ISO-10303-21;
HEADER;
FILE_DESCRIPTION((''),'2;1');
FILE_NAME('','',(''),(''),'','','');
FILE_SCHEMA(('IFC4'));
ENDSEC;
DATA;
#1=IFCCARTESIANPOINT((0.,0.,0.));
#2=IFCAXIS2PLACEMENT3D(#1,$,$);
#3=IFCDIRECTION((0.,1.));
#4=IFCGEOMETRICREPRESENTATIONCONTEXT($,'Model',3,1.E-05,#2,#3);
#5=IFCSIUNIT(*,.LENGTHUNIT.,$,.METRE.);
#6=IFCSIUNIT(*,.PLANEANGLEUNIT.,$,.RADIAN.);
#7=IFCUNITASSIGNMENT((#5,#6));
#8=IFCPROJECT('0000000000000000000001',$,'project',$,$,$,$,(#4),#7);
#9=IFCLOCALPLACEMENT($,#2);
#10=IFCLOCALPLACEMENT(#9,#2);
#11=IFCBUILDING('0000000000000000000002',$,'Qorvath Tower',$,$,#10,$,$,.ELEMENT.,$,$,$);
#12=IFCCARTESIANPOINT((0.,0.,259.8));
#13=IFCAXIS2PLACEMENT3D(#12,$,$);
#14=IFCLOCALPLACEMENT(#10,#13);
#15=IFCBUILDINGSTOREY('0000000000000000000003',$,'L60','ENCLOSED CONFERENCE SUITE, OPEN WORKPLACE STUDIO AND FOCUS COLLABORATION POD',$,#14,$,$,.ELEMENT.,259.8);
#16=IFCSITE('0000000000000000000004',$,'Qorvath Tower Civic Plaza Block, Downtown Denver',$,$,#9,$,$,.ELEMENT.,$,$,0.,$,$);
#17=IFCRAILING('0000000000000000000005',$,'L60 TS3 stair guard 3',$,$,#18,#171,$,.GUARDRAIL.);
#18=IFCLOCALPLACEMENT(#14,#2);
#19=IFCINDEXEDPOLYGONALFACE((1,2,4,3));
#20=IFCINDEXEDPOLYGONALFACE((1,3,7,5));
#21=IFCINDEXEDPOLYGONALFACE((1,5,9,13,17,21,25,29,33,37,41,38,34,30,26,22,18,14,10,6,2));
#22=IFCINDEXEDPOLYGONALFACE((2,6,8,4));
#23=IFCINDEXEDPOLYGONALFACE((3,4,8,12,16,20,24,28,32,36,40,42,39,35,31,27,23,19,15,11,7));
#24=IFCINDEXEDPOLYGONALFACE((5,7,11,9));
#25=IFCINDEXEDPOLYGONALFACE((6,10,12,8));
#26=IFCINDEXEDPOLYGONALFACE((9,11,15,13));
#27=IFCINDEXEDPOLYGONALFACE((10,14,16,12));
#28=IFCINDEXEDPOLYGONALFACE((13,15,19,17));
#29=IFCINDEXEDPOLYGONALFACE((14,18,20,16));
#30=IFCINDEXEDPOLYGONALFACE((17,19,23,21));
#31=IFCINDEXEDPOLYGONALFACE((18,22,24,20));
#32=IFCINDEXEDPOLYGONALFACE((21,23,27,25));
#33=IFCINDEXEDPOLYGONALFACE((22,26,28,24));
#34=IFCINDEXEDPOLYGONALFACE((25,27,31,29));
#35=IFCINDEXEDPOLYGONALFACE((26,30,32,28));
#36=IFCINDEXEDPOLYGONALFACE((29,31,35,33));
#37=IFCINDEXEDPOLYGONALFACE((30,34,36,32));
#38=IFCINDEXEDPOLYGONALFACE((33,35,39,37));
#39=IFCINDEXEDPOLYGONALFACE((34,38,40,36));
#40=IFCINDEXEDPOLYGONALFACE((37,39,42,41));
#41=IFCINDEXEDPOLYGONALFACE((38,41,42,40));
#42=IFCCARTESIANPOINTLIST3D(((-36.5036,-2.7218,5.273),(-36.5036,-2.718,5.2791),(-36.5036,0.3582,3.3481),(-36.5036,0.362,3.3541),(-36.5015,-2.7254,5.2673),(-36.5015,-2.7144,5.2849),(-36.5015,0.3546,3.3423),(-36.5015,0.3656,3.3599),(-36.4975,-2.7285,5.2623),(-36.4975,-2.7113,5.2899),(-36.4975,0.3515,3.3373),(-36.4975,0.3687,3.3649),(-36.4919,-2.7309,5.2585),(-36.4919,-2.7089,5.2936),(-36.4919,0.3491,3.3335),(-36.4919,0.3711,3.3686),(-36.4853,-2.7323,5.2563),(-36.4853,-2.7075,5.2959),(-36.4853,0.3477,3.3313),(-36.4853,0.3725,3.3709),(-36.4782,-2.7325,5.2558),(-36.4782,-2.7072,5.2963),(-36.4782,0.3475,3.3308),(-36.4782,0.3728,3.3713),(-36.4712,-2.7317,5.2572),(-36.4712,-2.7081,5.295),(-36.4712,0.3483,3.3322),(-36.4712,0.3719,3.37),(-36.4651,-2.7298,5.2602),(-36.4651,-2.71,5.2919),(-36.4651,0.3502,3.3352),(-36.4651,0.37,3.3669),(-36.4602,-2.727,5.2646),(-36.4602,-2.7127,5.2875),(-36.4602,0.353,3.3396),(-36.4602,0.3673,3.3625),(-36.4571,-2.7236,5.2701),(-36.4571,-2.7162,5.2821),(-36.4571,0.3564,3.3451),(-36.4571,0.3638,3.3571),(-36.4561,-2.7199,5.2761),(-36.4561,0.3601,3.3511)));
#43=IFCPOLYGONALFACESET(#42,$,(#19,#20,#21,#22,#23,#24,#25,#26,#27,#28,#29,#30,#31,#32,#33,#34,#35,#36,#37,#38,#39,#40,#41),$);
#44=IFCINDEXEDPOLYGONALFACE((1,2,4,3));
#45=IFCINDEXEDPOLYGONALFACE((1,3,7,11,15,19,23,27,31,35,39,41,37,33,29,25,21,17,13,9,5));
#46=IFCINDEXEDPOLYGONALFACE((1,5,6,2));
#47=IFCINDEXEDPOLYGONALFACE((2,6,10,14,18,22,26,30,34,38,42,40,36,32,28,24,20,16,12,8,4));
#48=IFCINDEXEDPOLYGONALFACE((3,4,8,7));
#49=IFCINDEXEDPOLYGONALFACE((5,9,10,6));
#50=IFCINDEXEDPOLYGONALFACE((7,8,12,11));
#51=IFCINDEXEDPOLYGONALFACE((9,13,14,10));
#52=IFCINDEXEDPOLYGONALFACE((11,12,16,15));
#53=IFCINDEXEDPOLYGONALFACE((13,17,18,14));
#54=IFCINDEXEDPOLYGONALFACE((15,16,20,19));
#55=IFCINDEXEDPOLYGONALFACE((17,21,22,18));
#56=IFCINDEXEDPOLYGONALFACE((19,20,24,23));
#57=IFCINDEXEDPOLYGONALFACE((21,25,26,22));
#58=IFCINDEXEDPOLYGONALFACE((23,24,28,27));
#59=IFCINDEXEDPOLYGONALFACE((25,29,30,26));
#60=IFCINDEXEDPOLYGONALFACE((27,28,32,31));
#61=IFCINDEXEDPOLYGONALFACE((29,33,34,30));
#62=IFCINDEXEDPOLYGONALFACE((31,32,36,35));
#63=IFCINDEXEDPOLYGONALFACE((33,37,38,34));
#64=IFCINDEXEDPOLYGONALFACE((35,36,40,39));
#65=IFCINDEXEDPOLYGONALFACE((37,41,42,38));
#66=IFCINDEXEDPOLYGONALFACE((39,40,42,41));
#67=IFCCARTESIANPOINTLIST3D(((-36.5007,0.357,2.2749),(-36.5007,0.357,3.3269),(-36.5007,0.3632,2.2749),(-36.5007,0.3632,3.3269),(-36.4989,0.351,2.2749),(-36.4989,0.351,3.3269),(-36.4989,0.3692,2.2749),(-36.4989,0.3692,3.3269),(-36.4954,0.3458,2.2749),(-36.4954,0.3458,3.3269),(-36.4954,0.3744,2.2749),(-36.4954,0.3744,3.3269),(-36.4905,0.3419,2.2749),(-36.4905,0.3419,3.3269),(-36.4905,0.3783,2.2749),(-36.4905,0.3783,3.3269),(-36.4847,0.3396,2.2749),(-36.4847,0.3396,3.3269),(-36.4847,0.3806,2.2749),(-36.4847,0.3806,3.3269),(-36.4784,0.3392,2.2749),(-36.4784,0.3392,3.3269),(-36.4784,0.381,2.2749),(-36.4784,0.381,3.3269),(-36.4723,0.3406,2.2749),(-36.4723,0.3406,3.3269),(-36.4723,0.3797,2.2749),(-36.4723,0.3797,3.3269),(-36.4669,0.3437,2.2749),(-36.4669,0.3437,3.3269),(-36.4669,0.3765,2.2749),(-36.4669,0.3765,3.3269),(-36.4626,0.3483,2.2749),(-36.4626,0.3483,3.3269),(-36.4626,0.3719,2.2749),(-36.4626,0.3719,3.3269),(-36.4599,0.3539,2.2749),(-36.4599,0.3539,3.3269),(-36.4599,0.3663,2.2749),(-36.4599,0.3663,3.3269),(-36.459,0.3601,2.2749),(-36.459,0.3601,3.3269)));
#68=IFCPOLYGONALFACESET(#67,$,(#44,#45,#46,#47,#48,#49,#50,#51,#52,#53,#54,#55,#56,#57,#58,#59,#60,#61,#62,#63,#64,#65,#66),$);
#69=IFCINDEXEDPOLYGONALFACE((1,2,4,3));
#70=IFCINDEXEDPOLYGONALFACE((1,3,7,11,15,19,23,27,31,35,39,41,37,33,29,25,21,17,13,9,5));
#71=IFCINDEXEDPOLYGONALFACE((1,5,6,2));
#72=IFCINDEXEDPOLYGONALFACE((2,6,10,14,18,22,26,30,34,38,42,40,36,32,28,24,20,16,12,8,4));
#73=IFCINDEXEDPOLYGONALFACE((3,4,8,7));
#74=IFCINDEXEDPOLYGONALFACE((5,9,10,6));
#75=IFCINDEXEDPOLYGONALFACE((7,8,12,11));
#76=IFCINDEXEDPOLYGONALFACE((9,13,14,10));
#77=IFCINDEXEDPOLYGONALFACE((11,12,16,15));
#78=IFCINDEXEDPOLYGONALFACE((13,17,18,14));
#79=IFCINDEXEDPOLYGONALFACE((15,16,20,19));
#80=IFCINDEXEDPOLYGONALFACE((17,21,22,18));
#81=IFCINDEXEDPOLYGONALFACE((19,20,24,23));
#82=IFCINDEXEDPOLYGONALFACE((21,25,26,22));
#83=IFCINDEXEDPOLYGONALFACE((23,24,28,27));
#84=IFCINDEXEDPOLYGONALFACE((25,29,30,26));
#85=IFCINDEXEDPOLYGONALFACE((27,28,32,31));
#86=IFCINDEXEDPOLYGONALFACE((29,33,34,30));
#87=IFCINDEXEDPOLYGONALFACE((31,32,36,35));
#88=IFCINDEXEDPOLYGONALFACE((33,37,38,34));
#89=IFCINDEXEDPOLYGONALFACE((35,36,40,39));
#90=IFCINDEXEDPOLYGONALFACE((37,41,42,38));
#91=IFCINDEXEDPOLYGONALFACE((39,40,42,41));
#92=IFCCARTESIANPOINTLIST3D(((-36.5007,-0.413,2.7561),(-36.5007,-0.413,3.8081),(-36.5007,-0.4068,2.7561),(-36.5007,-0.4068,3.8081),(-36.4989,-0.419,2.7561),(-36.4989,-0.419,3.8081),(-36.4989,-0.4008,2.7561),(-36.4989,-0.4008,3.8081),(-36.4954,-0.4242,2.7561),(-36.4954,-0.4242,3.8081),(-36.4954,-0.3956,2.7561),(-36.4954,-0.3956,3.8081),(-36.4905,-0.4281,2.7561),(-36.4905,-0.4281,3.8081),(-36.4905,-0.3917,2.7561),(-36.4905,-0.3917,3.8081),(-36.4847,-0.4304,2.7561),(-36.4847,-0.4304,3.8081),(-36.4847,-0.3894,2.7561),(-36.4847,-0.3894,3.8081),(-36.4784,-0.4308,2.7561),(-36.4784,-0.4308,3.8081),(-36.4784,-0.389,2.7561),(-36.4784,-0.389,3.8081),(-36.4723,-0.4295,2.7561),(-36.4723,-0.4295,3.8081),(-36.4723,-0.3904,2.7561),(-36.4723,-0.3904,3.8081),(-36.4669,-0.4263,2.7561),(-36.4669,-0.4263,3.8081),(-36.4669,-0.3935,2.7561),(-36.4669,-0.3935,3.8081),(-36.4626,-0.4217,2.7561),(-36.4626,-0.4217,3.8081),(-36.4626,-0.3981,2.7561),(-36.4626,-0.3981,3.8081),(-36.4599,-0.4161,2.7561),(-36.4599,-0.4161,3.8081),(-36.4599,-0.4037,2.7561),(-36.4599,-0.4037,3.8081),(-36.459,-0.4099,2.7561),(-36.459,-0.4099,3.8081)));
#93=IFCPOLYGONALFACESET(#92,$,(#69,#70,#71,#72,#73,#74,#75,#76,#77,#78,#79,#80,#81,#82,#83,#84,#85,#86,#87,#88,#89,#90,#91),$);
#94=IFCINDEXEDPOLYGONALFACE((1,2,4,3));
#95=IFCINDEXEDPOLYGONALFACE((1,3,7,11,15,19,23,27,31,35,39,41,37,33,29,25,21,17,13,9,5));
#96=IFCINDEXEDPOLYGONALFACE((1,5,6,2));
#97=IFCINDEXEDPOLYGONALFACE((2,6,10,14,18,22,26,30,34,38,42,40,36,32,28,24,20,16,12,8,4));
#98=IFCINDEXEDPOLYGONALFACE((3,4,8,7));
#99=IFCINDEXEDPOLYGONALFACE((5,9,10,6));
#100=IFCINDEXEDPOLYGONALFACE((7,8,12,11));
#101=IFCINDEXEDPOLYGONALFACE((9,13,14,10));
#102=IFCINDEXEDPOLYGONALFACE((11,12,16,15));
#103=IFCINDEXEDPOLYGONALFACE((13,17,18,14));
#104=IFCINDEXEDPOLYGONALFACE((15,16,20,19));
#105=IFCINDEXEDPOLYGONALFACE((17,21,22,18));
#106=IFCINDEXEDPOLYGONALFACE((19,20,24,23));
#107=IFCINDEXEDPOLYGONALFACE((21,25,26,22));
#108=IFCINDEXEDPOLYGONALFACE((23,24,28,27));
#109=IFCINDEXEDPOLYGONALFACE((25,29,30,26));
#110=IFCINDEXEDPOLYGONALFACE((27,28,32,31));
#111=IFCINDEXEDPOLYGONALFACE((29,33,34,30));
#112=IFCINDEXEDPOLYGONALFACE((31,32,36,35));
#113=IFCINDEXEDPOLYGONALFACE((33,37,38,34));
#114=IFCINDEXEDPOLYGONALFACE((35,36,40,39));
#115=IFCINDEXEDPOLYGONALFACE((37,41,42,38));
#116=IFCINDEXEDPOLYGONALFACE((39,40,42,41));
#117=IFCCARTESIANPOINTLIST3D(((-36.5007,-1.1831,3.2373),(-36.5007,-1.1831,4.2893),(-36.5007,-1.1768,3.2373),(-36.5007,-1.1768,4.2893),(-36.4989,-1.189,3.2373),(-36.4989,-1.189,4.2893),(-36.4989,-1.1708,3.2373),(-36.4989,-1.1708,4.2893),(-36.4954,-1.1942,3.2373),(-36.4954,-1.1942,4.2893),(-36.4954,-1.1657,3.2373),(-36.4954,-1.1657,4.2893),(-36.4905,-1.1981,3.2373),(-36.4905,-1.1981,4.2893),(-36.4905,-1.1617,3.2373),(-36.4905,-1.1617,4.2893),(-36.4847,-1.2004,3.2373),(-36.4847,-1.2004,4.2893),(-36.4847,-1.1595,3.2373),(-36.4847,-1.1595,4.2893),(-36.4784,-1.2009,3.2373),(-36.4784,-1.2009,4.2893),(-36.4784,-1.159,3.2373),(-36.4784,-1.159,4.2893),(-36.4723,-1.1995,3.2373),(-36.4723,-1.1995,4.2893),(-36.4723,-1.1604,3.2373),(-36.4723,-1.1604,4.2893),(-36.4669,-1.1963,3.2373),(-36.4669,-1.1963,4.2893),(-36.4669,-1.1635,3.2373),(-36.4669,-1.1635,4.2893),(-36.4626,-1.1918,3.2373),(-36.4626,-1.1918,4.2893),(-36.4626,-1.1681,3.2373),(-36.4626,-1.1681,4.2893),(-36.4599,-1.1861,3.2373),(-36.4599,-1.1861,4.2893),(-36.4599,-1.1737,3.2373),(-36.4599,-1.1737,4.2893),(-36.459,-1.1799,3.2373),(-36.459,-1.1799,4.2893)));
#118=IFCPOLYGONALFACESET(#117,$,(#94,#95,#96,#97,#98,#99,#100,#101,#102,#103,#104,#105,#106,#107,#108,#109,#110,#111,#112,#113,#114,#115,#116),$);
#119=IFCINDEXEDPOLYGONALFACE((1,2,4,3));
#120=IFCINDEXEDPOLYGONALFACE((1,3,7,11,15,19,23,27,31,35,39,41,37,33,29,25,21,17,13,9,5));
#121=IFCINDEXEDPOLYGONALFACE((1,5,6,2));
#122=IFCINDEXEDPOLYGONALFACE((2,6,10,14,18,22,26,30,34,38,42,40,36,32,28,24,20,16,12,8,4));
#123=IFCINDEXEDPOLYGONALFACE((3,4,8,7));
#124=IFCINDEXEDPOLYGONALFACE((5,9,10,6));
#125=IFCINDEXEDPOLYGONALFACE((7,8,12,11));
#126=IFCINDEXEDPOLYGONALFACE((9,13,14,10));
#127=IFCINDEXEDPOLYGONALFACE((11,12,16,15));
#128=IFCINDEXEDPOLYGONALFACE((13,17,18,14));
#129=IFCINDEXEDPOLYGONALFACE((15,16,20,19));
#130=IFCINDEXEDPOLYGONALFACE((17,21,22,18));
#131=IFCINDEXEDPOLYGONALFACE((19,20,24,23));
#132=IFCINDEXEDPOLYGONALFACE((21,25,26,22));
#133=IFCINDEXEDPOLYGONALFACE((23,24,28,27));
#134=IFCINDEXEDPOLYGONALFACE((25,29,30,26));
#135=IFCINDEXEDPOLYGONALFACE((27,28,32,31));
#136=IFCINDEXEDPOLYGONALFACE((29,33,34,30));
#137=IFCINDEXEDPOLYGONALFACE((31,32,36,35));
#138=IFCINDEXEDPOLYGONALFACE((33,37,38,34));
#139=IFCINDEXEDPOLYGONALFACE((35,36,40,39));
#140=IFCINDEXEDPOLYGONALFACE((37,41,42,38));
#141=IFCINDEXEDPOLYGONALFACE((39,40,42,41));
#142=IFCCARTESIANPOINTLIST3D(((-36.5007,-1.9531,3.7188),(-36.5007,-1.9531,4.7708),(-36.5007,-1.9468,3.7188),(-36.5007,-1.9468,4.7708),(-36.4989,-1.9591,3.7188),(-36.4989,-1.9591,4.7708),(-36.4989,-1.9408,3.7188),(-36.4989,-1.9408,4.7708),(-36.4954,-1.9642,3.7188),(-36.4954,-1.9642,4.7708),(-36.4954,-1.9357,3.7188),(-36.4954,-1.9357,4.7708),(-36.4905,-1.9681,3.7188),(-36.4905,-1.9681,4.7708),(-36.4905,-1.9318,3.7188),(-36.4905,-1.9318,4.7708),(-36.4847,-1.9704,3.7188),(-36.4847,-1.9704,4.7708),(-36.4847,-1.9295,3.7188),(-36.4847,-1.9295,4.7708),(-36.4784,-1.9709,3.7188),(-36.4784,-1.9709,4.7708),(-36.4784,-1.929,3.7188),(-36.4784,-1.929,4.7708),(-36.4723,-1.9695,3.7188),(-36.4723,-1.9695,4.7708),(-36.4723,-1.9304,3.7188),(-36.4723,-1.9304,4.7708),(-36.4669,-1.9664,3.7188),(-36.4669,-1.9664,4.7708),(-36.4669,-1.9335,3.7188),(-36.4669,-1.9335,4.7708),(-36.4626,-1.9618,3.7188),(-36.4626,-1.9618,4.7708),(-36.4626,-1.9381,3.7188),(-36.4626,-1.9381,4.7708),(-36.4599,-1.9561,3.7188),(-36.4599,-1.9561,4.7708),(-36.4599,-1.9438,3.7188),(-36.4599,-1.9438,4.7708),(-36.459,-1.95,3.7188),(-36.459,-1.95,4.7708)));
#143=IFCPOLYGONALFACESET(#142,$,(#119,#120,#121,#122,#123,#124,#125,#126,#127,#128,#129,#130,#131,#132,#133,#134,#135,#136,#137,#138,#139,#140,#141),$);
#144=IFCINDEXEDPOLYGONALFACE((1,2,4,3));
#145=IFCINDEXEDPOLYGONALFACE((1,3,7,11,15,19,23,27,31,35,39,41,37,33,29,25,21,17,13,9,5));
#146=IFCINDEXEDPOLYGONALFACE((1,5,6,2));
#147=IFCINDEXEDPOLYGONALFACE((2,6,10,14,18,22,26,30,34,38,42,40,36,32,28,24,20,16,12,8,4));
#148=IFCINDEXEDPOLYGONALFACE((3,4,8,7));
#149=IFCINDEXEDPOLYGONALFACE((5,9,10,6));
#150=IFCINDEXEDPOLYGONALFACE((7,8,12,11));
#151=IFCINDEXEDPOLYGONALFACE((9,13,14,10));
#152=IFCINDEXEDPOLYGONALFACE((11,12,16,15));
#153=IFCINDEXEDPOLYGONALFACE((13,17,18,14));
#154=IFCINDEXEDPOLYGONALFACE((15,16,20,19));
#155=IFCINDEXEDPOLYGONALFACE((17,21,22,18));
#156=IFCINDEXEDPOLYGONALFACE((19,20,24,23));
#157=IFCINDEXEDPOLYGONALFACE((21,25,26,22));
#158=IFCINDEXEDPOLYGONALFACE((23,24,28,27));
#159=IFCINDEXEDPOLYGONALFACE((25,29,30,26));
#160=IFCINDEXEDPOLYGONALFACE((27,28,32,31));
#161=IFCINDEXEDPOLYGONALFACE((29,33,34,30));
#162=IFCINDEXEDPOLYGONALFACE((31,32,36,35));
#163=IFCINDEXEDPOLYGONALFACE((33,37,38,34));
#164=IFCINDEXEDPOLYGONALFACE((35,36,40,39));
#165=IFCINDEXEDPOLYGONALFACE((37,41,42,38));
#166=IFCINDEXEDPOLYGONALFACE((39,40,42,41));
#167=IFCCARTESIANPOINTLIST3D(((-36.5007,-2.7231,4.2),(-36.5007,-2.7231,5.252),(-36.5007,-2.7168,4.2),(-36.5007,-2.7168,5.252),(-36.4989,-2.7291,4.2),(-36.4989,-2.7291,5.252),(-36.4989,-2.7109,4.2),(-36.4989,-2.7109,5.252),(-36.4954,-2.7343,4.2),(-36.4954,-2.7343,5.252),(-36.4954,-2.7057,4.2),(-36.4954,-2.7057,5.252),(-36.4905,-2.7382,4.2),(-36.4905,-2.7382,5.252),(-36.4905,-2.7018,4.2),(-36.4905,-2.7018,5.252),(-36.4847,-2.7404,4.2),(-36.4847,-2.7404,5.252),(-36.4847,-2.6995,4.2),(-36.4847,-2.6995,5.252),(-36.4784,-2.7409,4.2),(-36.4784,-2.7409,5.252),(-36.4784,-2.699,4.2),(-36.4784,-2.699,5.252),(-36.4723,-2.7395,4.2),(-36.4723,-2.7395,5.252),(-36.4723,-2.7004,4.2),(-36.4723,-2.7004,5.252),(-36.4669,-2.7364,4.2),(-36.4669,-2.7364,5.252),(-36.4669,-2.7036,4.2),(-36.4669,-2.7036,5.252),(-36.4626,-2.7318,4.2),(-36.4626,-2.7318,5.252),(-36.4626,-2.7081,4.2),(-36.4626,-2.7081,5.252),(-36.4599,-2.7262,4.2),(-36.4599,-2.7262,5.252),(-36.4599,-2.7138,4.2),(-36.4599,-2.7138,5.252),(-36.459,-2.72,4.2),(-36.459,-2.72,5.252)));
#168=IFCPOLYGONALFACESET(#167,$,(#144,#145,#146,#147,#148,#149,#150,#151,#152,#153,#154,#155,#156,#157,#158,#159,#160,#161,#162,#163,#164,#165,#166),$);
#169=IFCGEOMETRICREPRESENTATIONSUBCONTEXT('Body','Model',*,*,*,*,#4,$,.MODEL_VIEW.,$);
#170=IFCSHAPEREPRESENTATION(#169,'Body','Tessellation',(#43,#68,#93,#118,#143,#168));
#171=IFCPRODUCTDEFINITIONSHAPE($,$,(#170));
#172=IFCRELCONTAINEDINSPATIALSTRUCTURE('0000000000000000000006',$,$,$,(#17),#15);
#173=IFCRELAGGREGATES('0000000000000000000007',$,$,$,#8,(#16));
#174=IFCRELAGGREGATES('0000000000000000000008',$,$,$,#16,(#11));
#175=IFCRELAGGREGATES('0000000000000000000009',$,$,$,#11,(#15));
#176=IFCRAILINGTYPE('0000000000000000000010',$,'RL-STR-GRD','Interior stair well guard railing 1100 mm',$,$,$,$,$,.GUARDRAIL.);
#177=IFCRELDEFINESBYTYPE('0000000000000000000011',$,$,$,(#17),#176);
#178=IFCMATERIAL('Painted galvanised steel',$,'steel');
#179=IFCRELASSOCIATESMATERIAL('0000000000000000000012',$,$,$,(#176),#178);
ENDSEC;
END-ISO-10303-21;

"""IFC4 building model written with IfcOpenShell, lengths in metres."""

from ifc_helpers import new_model, si_unit, direction, frame, origin, origin_2d, place, context, subcontext, project, spatial, circle, extrude, material, type_object, element, save


model = new_model("IFC4")

# Units and contexts
model_context = context("Model", 3, precision=1e-05, world=origin(), true_north=direction((0.0, 1.0)))
body_context = subcontext(model_context, "Body", "Model", "MODEL_VIEW")
ifc_project = project(units=[si_unit("LENGTHUNIT", "METRE"), si_unit("PLANEANGLEUNIT", "RADIAN")], contexts=[model_context])

# Site, building, storey
site_placement = place(None, origin())
site = spatial("IfcSite", under=ifc_project, at=site_placement, Name="Qorvath Tower Civic Plaza Block, Downtown Denver", CompositionType="ELEMENT", RefElevation=0.0)
building_placement = place(site_placement, origin())
building = spatial("IfcBuilding", under=site, at=building_placement, Name="Qorvath Tower", CompositionType="ELEMENT")
storey_placement = place(building_placement, frame((0.0, 0.0, 259.8)))
storey = spatial("IfcBuildingStorey", under=building, at=storey_placement, Name="L60", Description="ENCLOSED CONFERENCE SUITE, OPEN WORKPLACE STUDIO AND FOCUS COLLABORATION POD", CompositionType="ELEMENT", Elevation=259.8)

# Railing
ifc_material_1 = material(Name="Painted galvanised steel", Category="steel")
railing_type_1 = type_object("IfcRailingType", Name="RL-STR-GRD", Description="Interior stair well guard railing 1100 mm", PredefinedType="GUARDRAIL", material=ifc_material_1)
railing_1_placement = place(storey_placement, frame((-36.48, 0.3601, 2.2749)))
element("IfcRailing", 1, at=railing_1_placement, inside=storey, type_object=railing_type_1, Name="L60 TS3 stair guard 3", PredefinedType="GUARDRAIL", context=body_context, shape_type="SweptSolid", body=[
    extrude(circle(Radius=0.0239, at=origin_2d()), frame((0.0, 0.0, 1.0762), z_axis=(0.0, -0.847998, 0.529999), x_axis=(1.0, 0.0, 0.0)), (0.0, 0.0, 1.0), 3.6321),
    extrude(circle(Radius=0.021, at=origin_2d()), origin(), (0.0, 0.0, 1.0), 1.052),
    extrude(circle(Radius=0.021, at=origin_2d()), frame((0.0, -0.77, 0.4812)), (0.0, 0.0, 1.0), 1.052),
    extrude(circle(Radius=0.021, at=origin_2d()), frame((0.0, -1.54, 0.9624)), (0.0, 0.0, 1.0), 1.052),
    extrude(circle(Radius=0.021, at=origin_2d()), frame((0.0, -2.3101, 1.4438)), (0.0, 0.0, 1.0), 1.052),
    extrude(circle(Radius=0.021, at=origin_2d()), frame((0.0, -3.0801, 1.925)), (0.0, 0.0, 1.0), 1.052),
])

save(model, "model.ifc")
